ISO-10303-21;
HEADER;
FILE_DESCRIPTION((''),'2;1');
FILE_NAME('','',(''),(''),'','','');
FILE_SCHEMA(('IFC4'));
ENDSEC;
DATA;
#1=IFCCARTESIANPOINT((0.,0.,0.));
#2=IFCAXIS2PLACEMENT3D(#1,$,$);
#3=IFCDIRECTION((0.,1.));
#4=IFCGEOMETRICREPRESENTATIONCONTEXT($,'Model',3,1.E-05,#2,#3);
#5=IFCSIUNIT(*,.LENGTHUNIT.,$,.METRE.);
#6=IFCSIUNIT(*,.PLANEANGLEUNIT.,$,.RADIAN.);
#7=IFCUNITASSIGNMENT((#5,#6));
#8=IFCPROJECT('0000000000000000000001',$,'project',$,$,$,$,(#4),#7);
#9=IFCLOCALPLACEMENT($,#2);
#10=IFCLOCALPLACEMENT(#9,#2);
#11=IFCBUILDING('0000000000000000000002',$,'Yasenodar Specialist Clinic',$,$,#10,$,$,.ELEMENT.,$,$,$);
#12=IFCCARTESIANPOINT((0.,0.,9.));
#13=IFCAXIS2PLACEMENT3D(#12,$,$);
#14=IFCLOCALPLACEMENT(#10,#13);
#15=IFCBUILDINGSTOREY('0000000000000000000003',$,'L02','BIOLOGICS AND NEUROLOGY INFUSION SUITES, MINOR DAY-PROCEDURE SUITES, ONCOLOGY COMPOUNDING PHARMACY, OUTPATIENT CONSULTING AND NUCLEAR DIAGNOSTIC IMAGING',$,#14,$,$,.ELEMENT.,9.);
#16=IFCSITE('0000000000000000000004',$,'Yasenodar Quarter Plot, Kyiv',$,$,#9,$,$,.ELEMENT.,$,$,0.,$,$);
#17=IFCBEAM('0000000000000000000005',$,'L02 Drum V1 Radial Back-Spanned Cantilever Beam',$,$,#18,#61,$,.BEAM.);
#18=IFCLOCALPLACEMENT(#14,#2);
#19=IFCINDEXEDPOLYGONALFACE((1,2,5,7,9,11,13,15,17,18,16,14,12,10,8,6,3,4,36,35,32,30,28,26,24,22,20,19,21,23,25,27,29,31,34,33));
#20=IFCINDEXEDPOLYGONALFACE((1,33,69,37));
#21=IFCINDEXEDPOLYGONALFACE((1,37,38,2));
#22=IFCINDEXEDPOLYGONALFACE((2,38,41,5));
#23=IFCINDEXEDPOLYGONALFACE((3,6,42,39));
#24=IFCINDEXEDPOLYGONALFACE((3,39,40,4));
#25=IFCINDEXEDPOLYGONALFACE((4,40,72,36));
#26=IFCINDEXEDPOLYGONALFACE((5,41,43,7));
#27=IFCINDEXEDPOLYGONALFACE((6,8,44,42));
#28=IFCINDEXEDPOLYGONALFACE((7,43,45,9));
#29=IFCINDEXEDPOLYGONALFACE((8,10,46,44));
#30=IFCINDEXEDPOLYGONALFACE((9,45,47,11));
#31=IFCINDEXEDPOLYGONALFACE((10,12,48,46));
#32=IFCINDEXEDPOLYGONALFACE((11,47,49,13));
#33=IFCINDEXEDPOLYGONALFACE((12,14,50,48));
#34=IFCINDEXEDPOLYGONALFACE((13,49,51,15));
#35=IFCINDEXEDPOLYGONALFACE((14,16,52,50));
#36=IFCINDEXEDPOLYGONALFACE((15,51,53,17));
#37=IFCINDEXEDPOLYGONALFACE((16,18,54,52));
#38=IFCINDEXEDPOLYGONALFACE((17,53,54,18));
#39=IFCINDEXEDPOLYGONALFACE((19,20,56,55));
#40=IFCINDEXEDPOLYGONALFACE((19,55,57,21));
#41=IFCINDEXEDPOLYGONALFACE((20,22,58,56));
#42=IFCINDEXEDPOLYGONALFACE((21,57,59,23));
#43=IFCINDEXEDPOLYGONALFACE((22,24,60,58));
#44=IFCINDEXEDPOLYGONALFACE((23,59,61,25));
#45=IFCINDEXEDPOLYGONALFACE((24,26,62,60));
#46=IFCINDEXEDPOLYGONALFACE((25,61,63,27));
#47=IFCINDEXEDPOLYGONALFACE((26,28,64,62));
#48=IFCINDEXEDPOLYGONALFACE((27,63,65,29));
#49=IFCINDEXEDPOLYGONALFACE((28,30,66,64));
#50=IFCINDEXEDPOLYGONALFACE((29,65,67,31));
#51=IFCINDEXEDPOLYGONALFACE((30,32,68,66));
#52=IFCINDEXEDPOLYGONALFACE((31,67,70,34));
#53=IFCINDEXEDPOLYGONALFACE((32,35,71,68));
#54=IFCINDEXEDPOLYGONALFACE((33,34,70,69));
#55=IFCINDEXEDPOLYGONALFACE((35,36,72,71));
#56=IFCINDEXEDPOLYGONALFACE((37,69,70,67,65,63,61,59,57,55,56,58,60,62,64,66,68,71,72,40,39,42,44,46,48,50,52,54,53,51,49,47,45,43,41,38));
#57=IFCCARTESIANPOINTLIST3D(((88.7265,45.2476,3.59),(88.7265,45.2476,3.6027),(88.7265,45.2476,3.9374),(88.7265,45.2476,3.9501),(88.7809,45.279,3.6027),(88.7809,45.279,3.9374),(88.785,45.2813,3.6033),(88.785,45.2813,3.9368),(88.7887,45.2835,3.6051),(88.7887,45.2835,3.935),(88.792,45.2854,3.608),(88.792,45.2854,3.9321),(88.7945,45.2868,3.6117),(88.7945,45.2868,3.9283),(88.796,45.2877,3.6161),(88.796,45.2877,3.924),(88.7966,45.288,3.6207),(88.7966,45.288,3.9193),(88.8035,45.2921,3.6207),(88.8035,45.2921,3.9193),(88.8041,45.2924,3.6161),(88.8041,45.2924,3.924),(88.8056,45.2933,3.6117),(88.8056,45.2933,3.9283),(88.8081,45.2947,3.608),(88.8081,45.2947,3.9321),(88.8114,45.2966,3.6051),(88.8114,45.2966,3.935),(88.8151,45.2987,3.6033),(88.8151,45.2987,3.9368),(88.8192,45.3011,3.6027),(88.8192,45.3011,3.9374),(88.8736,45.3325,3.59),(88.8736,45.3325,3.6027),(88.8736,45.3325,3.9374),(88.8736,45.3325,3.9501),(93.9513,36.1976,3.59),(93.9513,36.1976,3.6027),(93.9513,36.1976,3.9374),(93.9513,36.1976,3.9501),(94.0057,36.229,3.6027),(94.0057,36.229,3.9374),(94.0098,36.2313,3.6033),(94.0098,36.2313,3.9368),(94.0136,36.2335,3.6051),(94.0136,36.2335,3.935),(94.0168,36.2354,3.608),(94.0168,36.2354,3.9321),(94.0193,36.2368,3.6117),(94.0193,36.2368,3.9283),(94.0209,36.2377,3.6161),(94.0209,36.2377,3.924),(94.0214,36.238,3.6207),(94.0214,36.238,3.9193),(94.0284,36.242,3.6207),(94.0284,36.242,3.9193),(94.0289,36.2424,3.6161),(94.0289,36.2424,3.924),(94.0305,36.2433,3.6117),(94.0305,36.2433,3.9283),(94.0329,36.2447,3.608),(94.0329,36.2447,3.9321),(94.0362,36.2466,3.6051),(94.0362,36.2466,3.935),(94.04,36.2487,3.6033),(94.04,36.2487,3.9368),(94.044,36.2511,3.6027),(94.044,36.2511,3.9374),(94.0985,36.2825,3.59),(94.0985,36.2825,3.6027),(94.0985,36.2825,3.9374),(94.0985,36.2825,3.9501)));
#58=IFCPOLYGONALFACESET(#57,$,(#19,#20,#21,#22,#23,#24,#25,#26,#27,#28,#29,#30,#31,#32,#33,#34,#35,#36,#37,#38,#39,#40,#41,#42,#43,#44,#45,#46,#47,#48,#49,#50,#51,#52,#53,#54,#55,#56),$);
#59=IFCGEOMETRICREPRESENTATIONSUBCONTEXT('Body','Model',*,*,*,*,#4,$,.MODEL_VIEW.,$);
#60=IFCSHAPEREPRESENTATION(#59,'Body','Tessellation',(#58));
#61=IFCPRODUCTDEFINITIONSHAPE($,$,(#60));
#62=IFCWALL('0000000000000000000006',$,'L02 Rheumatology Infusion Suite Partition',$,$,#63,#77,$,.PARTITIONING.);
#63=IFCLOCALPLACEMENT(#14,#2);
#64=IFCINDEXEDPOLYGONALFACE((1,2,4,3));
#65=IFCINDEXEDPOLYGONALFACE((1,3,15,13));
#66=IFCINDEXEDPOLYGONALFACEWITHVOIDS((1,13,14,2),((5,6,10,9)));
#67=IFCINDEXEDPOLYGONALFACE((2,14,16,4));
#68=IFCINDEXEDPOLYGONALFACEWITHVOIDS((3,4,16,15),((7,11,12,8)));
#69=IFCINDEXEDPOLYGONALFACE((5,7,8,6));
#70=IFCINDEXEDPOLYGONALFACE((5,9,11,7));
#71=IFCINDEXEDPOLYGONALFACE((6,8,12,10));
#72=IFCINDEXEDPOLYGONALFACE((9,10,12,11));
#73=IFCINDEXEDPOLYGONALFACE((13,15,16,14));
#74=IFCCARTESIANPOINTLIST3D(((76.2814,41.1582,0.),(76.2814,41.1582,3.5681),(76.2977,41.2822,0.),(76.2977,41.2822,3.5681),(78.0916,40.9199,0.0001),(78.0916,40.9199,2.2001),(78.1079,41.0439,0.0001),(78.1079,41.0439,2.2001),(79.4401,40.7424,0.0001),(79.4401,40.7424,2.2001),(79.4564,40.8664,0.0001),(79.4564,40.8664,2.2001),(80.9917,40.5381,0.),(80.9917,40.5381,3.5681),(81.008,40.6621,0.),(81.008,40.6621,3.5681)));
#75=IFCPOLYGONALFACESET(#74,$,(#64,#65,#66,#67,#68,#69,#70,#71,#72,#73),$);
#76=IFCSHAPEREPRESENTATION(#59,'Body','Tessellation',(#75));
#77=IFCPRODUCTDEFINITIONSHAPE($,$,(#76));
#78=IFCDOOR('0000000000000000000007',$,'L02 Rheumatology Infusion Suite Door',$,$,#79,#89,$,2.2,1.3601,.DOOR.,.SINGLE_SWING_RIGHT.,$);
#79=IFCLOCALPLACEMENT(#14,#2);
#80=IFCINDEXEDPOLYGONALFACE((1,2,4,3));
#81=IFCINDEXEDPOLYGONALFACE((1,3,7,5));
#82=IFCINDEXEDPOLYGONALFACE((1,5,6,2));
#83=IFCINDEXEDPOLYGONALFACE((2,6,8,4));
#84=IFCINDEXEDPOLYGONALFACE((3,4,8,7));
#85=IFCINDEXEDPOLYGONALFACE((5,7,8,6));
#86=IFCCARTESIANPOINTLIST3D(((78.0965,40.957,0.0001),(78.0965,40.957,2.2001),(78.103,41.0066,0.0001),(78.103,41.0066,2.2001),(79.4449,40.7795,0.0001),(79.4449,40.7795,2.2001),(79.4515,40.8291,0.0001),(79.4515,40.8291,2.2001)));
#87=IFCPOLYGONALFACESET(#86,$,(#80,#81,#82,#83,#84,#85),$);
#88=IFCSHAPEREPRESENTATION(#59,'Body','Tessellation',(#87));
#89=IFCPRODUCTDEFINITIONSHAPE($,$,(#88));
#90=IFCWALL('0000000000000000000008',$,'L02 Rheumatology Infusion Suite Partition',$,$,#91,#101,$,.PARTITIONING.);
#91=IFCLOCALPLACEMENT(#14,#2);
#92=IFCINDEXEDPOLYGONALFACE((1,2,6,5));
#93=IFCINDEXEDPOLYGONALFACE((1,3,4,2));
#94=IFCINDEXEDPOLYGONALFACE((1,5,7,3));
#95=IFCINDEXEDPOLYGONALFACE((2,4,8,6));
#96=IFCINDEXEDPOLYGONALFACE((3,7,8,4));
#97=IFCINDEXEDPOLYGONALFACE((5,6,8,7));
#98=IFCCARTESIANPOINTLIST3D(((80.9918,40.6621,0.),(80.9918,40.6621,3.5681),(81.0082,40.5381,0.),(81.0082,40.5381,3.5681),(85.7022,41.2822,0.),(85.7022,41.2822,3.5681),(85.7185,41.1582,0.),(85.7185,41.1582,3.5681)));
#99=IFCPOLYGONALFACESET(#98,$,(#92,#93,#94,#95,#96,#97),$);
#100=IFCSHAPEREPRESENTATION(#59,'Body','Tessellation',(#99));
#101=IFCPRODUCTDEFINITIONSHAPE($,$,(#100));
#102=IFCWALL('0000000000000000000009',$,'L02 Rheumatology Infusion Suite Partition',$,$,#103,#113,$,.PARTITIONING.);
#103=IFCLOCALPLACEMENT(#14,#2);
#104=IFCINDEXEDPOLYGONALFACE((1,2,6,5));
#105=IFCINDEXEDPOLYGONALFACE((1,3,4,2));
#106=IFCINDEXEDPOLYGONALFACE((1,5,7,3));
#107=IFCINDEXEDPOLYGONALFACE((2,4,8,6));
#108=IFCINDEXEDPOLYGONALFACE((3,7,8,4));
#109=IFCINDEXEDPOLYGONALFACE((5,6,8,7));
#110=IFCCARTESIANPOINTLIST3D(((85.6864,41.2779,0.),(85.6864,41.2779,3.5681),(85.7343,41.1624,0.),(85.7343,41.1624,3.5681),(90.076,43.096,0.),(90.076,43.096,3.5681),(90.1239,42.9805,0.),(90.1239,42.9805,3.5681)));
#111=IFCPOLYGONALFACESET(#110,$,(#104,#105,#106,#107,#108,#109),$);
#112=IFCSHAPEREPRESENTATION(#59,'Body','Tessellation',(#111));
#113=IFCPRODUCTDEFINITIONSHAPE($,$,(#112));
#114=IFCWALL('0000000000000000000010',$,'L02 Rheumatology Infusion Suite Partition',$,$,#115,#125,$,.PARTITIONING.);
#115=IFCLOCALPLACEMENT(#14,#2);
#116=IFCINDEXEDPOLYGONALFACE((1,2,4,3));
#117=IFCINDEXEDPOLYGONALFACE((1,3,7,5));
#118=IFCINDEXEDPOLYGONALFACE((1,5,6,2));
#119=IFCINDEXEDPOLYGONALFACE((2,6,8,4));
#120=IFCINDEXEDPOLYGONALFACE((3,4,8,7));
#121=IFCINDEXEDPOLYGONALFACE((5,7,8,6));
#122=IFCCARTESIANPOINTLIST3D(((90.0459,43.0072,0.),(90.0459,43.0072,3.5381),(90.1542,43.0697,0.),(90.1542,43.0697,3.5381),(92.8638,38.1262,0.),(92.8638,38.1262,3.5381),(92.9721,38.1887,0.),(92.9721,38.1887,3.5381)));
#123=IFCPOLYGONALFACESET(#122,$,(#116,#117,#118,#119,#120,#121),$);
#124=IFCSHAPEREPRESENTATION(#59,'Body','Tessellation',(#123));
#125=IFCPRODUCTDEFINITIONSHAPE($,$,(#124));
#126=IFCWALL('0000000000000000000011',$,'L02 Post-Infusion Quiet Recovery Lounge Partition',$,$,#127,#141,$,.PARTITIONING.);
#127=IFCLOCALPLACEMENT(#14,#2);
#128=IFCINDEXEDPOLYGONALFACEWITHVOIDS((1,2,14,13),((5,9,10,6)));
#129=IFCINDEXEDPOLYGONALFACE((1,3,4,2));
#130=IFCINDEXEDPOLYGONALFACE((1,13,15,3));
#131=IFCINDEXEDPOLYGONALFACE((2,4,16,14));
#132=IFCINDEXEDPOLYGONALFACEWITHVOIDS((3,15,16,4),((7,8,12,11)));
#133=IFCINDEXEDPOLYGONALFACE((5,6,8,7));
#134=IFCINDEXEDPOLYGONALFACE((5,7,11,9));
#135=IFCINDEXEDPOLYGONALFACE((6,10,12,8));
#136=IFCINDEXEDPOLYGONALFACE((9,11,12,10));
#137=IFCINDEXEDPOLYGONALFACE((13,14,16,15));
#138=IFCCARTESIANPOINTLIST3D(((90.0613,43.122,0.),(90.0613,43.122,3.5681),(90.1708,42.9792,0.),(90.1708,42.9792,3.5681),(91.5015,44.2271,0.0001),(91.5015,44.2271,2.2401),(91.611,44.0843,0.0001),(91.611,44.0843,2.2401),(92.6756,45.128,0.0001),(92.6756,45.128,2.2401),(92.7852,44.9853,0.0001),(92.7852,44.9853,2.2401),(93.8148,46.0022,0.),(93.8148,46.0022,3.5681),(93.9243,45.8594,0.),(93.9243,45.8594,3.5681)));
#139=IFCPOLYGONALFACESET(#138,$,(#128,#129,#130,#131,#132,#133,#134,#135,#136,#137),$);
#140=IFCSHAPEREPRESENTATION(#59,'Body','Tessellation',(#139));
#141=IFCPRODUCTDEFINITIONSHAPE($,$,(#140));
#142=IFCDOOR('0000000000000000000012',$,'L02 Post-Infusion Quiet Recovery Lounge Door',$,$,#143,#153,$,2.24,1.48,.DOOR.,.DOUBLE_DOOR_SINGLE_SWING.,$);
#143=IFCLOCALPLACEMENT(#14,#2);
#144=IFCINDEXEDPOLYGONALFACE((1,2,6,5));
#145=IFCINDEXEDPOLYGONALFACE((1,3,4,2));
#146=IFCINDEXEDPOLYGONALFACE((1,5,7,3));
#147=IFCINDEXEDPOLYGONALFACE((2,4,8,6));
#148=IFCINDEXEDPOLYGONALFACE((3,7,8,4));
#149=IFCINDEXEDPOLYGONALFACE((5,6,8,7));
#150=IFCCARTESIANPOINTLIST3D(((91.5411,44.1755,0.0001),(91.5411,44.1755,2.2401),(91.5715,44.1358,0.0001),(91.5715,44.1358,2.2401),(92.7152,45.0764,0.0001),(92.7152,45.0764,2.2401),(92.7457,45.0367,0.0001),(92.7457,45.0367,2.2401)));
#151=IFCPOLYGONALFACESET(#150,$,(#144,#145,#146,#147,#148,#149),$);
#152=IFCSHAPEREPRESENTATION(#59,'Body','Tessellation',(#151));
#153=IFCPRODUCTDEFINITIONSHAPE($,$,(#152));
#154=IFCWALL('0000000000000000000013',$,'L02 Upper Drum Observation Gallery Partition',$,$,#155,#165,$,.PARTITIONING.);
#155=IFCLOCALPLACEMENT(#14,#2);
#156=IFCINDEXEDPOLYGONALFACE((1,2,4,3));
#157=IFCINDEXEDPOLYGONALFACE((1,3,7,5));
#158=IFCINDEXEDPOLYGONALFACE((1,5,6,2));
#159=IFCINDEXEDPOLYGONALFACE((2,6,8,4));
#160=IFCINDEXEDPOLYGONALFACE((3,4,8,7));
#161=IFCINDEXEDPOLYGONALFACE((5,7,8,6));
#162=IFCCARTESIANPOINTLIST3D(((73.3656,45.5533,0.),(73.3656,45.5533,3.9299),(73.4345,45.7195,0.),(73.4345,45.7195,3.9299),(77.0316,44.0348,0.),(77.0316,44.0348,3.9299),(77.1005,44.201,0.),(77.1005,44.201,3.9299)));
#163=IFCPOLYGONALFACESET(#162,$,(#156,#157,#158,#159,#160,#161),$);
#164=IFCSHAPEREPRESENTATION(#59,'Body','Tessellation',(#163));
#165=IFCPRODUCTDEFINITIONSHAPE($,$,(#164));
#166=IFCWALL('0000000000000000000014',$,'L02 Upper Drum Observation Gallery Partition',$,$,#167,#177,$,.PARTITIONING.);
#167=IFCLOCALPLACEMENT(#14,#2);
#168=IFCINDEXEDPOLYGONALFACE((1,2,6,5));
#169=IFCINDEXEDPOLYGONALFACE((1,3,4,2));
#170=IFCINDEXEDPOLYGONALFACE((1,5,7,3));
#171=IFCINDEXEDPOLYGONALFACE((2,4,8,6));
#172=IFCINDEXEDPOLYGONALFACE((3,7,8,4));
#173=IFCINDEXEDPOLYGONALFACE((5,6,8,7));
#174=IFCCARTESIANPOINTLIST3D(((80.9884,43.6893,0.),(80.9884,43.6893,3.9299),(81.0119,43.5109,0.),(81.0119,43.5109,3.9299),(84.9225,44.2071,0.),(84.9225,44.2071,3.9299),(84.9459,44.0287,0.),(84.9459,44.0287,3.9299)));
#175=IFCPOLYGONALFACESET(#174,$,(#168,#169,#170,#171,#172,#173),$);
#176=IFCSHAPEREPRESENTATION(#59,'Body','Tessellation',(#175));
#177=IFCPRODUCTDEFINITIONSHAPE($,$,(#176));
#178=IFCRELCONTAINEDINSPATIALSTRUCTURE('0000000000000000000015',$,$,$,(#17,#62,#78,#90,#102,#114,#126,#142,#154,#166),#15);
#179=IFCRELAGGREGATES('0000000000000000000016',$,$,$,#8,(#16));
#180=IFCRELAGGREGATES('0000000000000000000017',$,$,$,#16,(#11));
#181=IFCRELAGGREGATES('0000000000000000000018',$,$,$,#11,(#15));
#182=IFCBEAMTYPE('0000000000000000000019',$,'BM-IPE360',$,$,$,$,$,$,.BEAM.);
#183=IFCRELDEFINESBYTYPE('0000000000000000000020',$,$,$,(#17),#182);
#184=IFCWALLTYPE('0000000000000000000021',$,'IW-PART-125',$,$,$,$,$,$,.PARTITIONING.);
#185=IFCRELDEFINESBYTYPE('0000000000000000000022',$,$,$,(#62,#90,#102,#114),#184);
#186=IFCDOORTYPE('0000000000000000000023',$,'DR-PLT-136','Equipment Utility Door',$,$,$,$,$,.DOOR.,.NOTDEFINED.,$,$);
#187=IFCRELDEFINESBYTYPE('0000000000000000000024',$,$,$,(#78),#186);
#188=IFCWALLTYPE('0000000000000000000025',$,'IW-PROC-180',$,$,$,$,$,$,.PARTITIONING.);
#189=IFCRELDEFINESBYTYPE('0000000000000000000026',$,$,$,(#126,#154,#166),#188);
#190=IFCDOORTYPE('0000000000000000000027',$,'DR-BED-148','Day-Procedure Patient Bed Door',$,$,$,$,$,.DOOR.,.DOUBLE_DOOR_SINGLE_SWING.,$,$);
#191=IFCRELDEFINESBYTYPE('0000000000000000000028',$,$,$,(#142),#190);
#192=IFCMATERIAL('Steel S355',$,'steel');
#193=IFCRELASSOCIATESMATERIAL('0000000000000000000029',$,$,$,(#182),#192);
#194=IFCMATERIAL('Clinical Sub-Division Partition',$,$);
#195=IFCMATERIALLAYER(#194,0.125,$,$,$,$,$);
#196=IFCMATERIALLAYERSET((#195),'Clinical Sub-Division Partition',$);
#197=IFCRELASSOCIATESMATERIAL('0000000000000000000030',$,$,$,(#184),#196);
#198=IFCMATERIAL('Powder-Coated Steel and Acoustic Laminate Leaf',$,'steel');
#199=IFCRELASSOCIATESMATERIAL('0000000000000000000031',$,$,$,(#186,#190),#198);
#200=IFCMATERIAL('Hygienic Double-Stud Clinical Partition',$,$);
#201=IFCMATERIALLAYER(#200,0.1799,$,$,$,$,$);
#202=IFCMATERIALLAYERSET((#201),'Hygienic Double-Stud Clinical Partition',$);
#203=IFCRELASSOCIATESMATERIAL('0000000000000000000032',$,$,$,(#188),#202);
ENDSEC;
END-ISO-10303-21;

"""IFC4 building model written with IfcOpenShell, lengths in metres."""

from ifc_helpers import new_model, si_unit, direction, frame, frame_2d, origin, origin_2d, place, context, subcontext, project, spatial, rectangle, i_section, extrude, material, layer, layer_set, material_profile, profile_set, type_object, element, fill, save


model = new_model("IFC4")

# Units and contexts
model_context = context("Model", 3, precision=1e-05, world=origin(), true_north=direction((0.0, 1.0)))
body_context = subcontext(model_context, "Body", "Model", "MODEL_VIEW")
ifc_project = project(units=[si_unit("LENGTHUNIT", "METRE"), si_unit("PLANEANGLEUNIT", "RADIAN")], contexts=[model_context])

# Site, building, storey
site_placement = place(None, origin())
site = spatial("IfcSite", under=ifc_project, at=site_placement, Name="Yasenodar Quarter Plot, Kyiv", CompositionType="ELEMENT", RefElevation=0.0)
building_placement = place(site_placement, origin())
building = spatial("IfcBuilding", under=site, at=building_placement, Name="Yasenodar Specialist Clinic", CompositionType="ELEMENT")
storey_placement = place(building_placement, frame((0.0, 0.0, 9.0)))
storey = spatial("IfcBuildingStorey", under=building, at=storey_placement, Name="L02", Description="BIOLOGICS AND NEUROLOGY INFUSION SUITES, MINOR DAY-PROCEDURE SUITES, ONCOLOGY COMPOUNDING PHARMACY, OUTPATIENT CONSULTING AND NUCLEAR DIAGNOSTIC IMAGING", CompositionType="ELEMENT", Elevation=9.0)

# Shared definitions
ifc_material_1 = material(Name="Steel S355", Category="steel")

# Beam
ifc_material_profile_1 = material_profile(ifc_material_1, i_section(OverallWidth=0.1699, OverallDepth=0.3601, WebThickness=0.0081, FlangeThickness=0.0127, FilletRadius=0.0181, at=origin_2d()), Name="IPE 360")
ifc_profile_set_1 = profile_set([ifc_material_profile_1], Name="Steel S355")
beam_type_1 = type_object("IfcBeamType", Name="BM-IPE360", PredefinedType="BEAM", material=ifc_profile_set_1)
for number, where, z_axis, x_axis, name in (
    (1, (88.8, 45.29, 3.77), (0.499986, -0.866033, 0.0), (0.866033, 0.499986, 0.0), "L02 Drum V1 Radial Back-Spanned Cantilever Beam"),
):
    element("IfcBeam", number, at=place(storey_placement, frame(where, z_axis=z_axis, x_axis=x_axis)), inside=storey, type_object=beam_type_1, Name=name, PredefinedType="BEAM", context=body_context, shape_type="SweptSolid", body=[
        extrude(i_section(OverallWidth=0.1699, OverallDepth=0.3601, WebThickness=0.0081, FlangeThickness=0.0127, FilletRadius=0.0181, at=origin_2d()), origin(), (0.0, 0.0, 1.0), 10.45),
    ])

# Wall, opening, door
ifc_material_2 = material(Name="Clinical Sub-Division Partition")
ifc_layer_1 = layer(ifc_material_2, 0.125)
ifc_layer_set_1 = layer_set([ifc_layer_1], Name="Clinical Sub-Division Partition")
wall_type_1 = type_object("IfcWallType", Name="IW-PART-125", PredefinedType="PARTITIONING", material=ifc_layer_set_1)
wall_1_placement = place(storey_placement, frame((76.2896, 41.2202, 0.0), z_axis=(0.0, 0.0, 1.0), x_axis=(0.991446, -0.130521, 0.0)))
wall_1 = element("IfcWall", 2, at=wall_1_placement, inside=storey, type_object=wall_type_1, Name="L02 Rheumatology Infusion Suite Partition", PredefinedType="PARTITIONING", context=body_context, shape_type="SweptSolid", body=[
    extrude(rectangle(XDim=4.751, YDim=0.125, at=frame_2d((2.3755, 0.0))), origin(), (0.0, 0.0, 1.0), 3.5681),
])
opening_1_placement = place(wall_1_placement, frame((1.8257, 0.0, 0.0)))
opening_1 = element("IfcOpeningElement", 3, at=opening_1_placement, cuts=wall_1, PredefinedType="OPENING", context=body_context, shape_type="SweptSolid", body=[
    extrude(rectangle(XDim=1.3601, YDim=2.2, at=frame_2d((0.6802, 1.1001))), frame((0.0, 0.0725, 0.0), z_axis=(0.0, -1.0, 0.0), x_axis=(1.0, 0.0, 0.0)), (0.0, 0.0, 1.0), 0.145),
])
ifc_material_3 = material(Name="Powder-Coated Steel and Acoustic Laminate Leaf", Category="steel")
door_type_1 = type_object("IfcDoorType", Name="DR-PLT-136", Description="Equipment Utility Door", OperationType="NOTDEFINED", PredefinedType="DOOR", material=ifc_material_3)
door_1_placement = place(opening_1_placement, origin())
door_1 = element("IfcDoor", 4, at=door_1_placement, inside=storey, type_object=door_type_1, Name="L02 Rheumatology Infusion Suite Door", OperationType="SINGLE_SWING_RIGHT", OverallHeight=2.2, OverallWidth=1.3601, PredefinedType="DOOR", context=body_context, shape_type="SweptSolid", body=[
    extrude(rectangle(XDim=1.3601, YDim=2.2, at=frame_2d((0.6802, 1.1001))), frame((0.0, 0.0249, 0.0), z_axis=(0.0, -1.0, 0.0), x_axis=(1.0, 0.0, 0.0)), (0.0, 0.0, 1.0), 0.05),
])
fill(opening_1, door_1)

# Walls
wall_2_placement = place(storey_placement, frame((81.0, 40.6001, 0.0), z_axis=(0.0, 0.0, 1.0), x_axis=(0.991446, 0.130521, 0.0)))
element("IfcWall", 5, at=wall_2_placement, inside=storey, type_object=wall_type_1, Name="L02 Rheumatology Infusion Suite Partition", PredefinedType="PARTITIONING", context=body_context, shape_type="SweptSolid", body=[
    extrude(rectangle(XDim=4.751, YDim=0.125, at=frame_2d((2.3755, 0.0))), origin(), (0.0, 0.0, 1.0), 3.5681),
])
wall_3_placement = place(storey_placement, frame((85.7104, 41.2202, 0.0), z_axis=(0.0, 0.0, 1.0), x_axis=(0.92389, 0.382659, 0.0)))
element("IfcWall", 6, at=wall_3_placement, inside=storey, type_object=wall_type_1, Name="L02 Rheumatology Infusion Suite Partition", PredefinedType="PARTITIONING", context=body_context, shape_type="SweptSolid", body=[
    extrude(rectangle(XDim=4.7512, YDim=0.125, at=frame_2d((2.3755, 0.0))), origin(), (0.0, 0.0, 1.0), 3.5681),
])
wall_4_placement = place(storey_placement, frame((90.1001, 43.0383, 0.0), z_axis=(0.0, 0.0, 1.0), x_axis=(0.499987, -0.866033, 0.0)))
element("IfcWall", 7, at=wall_4_placement, inside=storey, type_object=wall_type_1, Name="L02 Rheumatology Infusion Suite Partition", PredefinedType="PARTITIONING", context=body_context, shape_type="SweptSolid", body=[
    extrude(rectangle(XDim=5.636, YDim=0.125, at=frame_2d((2.8179, 0.0))), origin(), (0.0, 0.0, 1.0), 3.5381),
])

# Wall, opening, door
ifc_material_4 = material(Name="Hygienic Double-Stud Clinical Partition")
ifc_layer_2 = layer(ifc_material_4, 0.1799)
ifc_layer_set_2 = layer_set([ifc_layer_2], Name="Hygienic Double-Stud Clinical Partition")
wall_type_2 = type_object("IfcWallType", Name="IW-PROC-180", PredefinedType="PARTITIONING", material=ifc_layer_set_2)
wall_5_placement = place(storey_placement, frame((90.116, 43.0505, 0.0), z_axis=(0.0, 0.0, 1.0), x_axis=(0.79335, 0.608765, 0.0)))
wall_5 = element("IfcWall", 8, at=wall_5_placement, inside=storey, type_object=wall_type_2, Name="L02 Post-Infusion Quiet Recovery Lounge Partition", PredefinedType="PARTITIONING", context=body_context, shape_type="SweptSolid", body=[
    extrude(rectangle(XDim=4.7312, YDim=0.1799, at=frame_2d((2.3657, 0.0))), origin(), (0.0, 0.0, 1.0), 3.5681),
])
opening_2_placement = place(wall_5_placement, frame((1.8154, 0.0, 0.0)))
opening_2 = element("IfcOpeningElement", 9, at=opening_2_placement, cuts=wall_5, PredefinedType="OPENING", context=body_context, shape_type="SweptSolid", body=[
    extrude(rectangle(XDim=1.48, YDim=2.24, at=frame_2d((0.74, 1.1201))), frame((0.0, 0.1001, 0.0), z_axis=(0.0, -1.0, 0.0), x_axis=(1.0, 0.0, 0.0)), (0.0, 0.0, 1.0), 0.2),
])
door_type_2 = type_object("IfcDoorType", Name="DR-BED-148", Description="Day-Procedure Patient Bed Door", OperationType="DOUBLE_DOOR_SINGLE_SWING", PredefinedType="DOOR", material=ifc_material_3)
door_2_placement = place(opening_2_placement, origin())
door_2 = element("IfcDoor", 10, at=door_2_placement, inside=storey, type_object=door_type_2, Name="L02 Post-Infusion Quiet Recovery Lounge Door", OperationType="DOUBLE_DOOR_SINGLE_SWING", OverallHeight=2.24, OverallWidth=1.48, PredefinedType="DOOR", context=body_context, shape_type="SweptSolid", body=[
    extrude(rectangle(XDim=1.48, YDim=2.24, at=frame_2d((0.74, 1.1201))), frame((0.0, 0.0249, 0.0), z_axis=(0.0, -1.0, 0.0), x_axis=(1.0, 0.0, 0.0)), (0.0, 0.0, 1.0), 0.05),
])
fill(opening_2, door_2)

# Walls
for number, where, z_axis, x_axis, name in (
    (11, (77.0659, 44.1179, 0.0), (0.0, 0.0, 1.0), (-0.923876, 0.382692, 0.0), "L02 Upper Drum Observation Gallery Partition"),
    (12, (84.9341, 44.1179, 0.0), (0.0, 0.0, 1.0), (-0.991448, -0.130499, 0.0), "L02 Upper Drum Observation Gallery Partition"),
):
    element("IfcWall", number, at=place(storey_placement, frame(where, z_axis=z_axis, x_axis=x_axis)), inside=storey, type_object=wall_type_2, Name=name, PredefinedType="PARTITIONING", context=body_context, shape_type="SweptSolid", body=[
        extrude(rectangle(XDim=3.968, YDim=0.1799, at=frame_2d((1.9839, 0.0))), origin(), (0.0, 0.0, 1.0), 3.9299),
    ])

save(model, "model.ifc")
